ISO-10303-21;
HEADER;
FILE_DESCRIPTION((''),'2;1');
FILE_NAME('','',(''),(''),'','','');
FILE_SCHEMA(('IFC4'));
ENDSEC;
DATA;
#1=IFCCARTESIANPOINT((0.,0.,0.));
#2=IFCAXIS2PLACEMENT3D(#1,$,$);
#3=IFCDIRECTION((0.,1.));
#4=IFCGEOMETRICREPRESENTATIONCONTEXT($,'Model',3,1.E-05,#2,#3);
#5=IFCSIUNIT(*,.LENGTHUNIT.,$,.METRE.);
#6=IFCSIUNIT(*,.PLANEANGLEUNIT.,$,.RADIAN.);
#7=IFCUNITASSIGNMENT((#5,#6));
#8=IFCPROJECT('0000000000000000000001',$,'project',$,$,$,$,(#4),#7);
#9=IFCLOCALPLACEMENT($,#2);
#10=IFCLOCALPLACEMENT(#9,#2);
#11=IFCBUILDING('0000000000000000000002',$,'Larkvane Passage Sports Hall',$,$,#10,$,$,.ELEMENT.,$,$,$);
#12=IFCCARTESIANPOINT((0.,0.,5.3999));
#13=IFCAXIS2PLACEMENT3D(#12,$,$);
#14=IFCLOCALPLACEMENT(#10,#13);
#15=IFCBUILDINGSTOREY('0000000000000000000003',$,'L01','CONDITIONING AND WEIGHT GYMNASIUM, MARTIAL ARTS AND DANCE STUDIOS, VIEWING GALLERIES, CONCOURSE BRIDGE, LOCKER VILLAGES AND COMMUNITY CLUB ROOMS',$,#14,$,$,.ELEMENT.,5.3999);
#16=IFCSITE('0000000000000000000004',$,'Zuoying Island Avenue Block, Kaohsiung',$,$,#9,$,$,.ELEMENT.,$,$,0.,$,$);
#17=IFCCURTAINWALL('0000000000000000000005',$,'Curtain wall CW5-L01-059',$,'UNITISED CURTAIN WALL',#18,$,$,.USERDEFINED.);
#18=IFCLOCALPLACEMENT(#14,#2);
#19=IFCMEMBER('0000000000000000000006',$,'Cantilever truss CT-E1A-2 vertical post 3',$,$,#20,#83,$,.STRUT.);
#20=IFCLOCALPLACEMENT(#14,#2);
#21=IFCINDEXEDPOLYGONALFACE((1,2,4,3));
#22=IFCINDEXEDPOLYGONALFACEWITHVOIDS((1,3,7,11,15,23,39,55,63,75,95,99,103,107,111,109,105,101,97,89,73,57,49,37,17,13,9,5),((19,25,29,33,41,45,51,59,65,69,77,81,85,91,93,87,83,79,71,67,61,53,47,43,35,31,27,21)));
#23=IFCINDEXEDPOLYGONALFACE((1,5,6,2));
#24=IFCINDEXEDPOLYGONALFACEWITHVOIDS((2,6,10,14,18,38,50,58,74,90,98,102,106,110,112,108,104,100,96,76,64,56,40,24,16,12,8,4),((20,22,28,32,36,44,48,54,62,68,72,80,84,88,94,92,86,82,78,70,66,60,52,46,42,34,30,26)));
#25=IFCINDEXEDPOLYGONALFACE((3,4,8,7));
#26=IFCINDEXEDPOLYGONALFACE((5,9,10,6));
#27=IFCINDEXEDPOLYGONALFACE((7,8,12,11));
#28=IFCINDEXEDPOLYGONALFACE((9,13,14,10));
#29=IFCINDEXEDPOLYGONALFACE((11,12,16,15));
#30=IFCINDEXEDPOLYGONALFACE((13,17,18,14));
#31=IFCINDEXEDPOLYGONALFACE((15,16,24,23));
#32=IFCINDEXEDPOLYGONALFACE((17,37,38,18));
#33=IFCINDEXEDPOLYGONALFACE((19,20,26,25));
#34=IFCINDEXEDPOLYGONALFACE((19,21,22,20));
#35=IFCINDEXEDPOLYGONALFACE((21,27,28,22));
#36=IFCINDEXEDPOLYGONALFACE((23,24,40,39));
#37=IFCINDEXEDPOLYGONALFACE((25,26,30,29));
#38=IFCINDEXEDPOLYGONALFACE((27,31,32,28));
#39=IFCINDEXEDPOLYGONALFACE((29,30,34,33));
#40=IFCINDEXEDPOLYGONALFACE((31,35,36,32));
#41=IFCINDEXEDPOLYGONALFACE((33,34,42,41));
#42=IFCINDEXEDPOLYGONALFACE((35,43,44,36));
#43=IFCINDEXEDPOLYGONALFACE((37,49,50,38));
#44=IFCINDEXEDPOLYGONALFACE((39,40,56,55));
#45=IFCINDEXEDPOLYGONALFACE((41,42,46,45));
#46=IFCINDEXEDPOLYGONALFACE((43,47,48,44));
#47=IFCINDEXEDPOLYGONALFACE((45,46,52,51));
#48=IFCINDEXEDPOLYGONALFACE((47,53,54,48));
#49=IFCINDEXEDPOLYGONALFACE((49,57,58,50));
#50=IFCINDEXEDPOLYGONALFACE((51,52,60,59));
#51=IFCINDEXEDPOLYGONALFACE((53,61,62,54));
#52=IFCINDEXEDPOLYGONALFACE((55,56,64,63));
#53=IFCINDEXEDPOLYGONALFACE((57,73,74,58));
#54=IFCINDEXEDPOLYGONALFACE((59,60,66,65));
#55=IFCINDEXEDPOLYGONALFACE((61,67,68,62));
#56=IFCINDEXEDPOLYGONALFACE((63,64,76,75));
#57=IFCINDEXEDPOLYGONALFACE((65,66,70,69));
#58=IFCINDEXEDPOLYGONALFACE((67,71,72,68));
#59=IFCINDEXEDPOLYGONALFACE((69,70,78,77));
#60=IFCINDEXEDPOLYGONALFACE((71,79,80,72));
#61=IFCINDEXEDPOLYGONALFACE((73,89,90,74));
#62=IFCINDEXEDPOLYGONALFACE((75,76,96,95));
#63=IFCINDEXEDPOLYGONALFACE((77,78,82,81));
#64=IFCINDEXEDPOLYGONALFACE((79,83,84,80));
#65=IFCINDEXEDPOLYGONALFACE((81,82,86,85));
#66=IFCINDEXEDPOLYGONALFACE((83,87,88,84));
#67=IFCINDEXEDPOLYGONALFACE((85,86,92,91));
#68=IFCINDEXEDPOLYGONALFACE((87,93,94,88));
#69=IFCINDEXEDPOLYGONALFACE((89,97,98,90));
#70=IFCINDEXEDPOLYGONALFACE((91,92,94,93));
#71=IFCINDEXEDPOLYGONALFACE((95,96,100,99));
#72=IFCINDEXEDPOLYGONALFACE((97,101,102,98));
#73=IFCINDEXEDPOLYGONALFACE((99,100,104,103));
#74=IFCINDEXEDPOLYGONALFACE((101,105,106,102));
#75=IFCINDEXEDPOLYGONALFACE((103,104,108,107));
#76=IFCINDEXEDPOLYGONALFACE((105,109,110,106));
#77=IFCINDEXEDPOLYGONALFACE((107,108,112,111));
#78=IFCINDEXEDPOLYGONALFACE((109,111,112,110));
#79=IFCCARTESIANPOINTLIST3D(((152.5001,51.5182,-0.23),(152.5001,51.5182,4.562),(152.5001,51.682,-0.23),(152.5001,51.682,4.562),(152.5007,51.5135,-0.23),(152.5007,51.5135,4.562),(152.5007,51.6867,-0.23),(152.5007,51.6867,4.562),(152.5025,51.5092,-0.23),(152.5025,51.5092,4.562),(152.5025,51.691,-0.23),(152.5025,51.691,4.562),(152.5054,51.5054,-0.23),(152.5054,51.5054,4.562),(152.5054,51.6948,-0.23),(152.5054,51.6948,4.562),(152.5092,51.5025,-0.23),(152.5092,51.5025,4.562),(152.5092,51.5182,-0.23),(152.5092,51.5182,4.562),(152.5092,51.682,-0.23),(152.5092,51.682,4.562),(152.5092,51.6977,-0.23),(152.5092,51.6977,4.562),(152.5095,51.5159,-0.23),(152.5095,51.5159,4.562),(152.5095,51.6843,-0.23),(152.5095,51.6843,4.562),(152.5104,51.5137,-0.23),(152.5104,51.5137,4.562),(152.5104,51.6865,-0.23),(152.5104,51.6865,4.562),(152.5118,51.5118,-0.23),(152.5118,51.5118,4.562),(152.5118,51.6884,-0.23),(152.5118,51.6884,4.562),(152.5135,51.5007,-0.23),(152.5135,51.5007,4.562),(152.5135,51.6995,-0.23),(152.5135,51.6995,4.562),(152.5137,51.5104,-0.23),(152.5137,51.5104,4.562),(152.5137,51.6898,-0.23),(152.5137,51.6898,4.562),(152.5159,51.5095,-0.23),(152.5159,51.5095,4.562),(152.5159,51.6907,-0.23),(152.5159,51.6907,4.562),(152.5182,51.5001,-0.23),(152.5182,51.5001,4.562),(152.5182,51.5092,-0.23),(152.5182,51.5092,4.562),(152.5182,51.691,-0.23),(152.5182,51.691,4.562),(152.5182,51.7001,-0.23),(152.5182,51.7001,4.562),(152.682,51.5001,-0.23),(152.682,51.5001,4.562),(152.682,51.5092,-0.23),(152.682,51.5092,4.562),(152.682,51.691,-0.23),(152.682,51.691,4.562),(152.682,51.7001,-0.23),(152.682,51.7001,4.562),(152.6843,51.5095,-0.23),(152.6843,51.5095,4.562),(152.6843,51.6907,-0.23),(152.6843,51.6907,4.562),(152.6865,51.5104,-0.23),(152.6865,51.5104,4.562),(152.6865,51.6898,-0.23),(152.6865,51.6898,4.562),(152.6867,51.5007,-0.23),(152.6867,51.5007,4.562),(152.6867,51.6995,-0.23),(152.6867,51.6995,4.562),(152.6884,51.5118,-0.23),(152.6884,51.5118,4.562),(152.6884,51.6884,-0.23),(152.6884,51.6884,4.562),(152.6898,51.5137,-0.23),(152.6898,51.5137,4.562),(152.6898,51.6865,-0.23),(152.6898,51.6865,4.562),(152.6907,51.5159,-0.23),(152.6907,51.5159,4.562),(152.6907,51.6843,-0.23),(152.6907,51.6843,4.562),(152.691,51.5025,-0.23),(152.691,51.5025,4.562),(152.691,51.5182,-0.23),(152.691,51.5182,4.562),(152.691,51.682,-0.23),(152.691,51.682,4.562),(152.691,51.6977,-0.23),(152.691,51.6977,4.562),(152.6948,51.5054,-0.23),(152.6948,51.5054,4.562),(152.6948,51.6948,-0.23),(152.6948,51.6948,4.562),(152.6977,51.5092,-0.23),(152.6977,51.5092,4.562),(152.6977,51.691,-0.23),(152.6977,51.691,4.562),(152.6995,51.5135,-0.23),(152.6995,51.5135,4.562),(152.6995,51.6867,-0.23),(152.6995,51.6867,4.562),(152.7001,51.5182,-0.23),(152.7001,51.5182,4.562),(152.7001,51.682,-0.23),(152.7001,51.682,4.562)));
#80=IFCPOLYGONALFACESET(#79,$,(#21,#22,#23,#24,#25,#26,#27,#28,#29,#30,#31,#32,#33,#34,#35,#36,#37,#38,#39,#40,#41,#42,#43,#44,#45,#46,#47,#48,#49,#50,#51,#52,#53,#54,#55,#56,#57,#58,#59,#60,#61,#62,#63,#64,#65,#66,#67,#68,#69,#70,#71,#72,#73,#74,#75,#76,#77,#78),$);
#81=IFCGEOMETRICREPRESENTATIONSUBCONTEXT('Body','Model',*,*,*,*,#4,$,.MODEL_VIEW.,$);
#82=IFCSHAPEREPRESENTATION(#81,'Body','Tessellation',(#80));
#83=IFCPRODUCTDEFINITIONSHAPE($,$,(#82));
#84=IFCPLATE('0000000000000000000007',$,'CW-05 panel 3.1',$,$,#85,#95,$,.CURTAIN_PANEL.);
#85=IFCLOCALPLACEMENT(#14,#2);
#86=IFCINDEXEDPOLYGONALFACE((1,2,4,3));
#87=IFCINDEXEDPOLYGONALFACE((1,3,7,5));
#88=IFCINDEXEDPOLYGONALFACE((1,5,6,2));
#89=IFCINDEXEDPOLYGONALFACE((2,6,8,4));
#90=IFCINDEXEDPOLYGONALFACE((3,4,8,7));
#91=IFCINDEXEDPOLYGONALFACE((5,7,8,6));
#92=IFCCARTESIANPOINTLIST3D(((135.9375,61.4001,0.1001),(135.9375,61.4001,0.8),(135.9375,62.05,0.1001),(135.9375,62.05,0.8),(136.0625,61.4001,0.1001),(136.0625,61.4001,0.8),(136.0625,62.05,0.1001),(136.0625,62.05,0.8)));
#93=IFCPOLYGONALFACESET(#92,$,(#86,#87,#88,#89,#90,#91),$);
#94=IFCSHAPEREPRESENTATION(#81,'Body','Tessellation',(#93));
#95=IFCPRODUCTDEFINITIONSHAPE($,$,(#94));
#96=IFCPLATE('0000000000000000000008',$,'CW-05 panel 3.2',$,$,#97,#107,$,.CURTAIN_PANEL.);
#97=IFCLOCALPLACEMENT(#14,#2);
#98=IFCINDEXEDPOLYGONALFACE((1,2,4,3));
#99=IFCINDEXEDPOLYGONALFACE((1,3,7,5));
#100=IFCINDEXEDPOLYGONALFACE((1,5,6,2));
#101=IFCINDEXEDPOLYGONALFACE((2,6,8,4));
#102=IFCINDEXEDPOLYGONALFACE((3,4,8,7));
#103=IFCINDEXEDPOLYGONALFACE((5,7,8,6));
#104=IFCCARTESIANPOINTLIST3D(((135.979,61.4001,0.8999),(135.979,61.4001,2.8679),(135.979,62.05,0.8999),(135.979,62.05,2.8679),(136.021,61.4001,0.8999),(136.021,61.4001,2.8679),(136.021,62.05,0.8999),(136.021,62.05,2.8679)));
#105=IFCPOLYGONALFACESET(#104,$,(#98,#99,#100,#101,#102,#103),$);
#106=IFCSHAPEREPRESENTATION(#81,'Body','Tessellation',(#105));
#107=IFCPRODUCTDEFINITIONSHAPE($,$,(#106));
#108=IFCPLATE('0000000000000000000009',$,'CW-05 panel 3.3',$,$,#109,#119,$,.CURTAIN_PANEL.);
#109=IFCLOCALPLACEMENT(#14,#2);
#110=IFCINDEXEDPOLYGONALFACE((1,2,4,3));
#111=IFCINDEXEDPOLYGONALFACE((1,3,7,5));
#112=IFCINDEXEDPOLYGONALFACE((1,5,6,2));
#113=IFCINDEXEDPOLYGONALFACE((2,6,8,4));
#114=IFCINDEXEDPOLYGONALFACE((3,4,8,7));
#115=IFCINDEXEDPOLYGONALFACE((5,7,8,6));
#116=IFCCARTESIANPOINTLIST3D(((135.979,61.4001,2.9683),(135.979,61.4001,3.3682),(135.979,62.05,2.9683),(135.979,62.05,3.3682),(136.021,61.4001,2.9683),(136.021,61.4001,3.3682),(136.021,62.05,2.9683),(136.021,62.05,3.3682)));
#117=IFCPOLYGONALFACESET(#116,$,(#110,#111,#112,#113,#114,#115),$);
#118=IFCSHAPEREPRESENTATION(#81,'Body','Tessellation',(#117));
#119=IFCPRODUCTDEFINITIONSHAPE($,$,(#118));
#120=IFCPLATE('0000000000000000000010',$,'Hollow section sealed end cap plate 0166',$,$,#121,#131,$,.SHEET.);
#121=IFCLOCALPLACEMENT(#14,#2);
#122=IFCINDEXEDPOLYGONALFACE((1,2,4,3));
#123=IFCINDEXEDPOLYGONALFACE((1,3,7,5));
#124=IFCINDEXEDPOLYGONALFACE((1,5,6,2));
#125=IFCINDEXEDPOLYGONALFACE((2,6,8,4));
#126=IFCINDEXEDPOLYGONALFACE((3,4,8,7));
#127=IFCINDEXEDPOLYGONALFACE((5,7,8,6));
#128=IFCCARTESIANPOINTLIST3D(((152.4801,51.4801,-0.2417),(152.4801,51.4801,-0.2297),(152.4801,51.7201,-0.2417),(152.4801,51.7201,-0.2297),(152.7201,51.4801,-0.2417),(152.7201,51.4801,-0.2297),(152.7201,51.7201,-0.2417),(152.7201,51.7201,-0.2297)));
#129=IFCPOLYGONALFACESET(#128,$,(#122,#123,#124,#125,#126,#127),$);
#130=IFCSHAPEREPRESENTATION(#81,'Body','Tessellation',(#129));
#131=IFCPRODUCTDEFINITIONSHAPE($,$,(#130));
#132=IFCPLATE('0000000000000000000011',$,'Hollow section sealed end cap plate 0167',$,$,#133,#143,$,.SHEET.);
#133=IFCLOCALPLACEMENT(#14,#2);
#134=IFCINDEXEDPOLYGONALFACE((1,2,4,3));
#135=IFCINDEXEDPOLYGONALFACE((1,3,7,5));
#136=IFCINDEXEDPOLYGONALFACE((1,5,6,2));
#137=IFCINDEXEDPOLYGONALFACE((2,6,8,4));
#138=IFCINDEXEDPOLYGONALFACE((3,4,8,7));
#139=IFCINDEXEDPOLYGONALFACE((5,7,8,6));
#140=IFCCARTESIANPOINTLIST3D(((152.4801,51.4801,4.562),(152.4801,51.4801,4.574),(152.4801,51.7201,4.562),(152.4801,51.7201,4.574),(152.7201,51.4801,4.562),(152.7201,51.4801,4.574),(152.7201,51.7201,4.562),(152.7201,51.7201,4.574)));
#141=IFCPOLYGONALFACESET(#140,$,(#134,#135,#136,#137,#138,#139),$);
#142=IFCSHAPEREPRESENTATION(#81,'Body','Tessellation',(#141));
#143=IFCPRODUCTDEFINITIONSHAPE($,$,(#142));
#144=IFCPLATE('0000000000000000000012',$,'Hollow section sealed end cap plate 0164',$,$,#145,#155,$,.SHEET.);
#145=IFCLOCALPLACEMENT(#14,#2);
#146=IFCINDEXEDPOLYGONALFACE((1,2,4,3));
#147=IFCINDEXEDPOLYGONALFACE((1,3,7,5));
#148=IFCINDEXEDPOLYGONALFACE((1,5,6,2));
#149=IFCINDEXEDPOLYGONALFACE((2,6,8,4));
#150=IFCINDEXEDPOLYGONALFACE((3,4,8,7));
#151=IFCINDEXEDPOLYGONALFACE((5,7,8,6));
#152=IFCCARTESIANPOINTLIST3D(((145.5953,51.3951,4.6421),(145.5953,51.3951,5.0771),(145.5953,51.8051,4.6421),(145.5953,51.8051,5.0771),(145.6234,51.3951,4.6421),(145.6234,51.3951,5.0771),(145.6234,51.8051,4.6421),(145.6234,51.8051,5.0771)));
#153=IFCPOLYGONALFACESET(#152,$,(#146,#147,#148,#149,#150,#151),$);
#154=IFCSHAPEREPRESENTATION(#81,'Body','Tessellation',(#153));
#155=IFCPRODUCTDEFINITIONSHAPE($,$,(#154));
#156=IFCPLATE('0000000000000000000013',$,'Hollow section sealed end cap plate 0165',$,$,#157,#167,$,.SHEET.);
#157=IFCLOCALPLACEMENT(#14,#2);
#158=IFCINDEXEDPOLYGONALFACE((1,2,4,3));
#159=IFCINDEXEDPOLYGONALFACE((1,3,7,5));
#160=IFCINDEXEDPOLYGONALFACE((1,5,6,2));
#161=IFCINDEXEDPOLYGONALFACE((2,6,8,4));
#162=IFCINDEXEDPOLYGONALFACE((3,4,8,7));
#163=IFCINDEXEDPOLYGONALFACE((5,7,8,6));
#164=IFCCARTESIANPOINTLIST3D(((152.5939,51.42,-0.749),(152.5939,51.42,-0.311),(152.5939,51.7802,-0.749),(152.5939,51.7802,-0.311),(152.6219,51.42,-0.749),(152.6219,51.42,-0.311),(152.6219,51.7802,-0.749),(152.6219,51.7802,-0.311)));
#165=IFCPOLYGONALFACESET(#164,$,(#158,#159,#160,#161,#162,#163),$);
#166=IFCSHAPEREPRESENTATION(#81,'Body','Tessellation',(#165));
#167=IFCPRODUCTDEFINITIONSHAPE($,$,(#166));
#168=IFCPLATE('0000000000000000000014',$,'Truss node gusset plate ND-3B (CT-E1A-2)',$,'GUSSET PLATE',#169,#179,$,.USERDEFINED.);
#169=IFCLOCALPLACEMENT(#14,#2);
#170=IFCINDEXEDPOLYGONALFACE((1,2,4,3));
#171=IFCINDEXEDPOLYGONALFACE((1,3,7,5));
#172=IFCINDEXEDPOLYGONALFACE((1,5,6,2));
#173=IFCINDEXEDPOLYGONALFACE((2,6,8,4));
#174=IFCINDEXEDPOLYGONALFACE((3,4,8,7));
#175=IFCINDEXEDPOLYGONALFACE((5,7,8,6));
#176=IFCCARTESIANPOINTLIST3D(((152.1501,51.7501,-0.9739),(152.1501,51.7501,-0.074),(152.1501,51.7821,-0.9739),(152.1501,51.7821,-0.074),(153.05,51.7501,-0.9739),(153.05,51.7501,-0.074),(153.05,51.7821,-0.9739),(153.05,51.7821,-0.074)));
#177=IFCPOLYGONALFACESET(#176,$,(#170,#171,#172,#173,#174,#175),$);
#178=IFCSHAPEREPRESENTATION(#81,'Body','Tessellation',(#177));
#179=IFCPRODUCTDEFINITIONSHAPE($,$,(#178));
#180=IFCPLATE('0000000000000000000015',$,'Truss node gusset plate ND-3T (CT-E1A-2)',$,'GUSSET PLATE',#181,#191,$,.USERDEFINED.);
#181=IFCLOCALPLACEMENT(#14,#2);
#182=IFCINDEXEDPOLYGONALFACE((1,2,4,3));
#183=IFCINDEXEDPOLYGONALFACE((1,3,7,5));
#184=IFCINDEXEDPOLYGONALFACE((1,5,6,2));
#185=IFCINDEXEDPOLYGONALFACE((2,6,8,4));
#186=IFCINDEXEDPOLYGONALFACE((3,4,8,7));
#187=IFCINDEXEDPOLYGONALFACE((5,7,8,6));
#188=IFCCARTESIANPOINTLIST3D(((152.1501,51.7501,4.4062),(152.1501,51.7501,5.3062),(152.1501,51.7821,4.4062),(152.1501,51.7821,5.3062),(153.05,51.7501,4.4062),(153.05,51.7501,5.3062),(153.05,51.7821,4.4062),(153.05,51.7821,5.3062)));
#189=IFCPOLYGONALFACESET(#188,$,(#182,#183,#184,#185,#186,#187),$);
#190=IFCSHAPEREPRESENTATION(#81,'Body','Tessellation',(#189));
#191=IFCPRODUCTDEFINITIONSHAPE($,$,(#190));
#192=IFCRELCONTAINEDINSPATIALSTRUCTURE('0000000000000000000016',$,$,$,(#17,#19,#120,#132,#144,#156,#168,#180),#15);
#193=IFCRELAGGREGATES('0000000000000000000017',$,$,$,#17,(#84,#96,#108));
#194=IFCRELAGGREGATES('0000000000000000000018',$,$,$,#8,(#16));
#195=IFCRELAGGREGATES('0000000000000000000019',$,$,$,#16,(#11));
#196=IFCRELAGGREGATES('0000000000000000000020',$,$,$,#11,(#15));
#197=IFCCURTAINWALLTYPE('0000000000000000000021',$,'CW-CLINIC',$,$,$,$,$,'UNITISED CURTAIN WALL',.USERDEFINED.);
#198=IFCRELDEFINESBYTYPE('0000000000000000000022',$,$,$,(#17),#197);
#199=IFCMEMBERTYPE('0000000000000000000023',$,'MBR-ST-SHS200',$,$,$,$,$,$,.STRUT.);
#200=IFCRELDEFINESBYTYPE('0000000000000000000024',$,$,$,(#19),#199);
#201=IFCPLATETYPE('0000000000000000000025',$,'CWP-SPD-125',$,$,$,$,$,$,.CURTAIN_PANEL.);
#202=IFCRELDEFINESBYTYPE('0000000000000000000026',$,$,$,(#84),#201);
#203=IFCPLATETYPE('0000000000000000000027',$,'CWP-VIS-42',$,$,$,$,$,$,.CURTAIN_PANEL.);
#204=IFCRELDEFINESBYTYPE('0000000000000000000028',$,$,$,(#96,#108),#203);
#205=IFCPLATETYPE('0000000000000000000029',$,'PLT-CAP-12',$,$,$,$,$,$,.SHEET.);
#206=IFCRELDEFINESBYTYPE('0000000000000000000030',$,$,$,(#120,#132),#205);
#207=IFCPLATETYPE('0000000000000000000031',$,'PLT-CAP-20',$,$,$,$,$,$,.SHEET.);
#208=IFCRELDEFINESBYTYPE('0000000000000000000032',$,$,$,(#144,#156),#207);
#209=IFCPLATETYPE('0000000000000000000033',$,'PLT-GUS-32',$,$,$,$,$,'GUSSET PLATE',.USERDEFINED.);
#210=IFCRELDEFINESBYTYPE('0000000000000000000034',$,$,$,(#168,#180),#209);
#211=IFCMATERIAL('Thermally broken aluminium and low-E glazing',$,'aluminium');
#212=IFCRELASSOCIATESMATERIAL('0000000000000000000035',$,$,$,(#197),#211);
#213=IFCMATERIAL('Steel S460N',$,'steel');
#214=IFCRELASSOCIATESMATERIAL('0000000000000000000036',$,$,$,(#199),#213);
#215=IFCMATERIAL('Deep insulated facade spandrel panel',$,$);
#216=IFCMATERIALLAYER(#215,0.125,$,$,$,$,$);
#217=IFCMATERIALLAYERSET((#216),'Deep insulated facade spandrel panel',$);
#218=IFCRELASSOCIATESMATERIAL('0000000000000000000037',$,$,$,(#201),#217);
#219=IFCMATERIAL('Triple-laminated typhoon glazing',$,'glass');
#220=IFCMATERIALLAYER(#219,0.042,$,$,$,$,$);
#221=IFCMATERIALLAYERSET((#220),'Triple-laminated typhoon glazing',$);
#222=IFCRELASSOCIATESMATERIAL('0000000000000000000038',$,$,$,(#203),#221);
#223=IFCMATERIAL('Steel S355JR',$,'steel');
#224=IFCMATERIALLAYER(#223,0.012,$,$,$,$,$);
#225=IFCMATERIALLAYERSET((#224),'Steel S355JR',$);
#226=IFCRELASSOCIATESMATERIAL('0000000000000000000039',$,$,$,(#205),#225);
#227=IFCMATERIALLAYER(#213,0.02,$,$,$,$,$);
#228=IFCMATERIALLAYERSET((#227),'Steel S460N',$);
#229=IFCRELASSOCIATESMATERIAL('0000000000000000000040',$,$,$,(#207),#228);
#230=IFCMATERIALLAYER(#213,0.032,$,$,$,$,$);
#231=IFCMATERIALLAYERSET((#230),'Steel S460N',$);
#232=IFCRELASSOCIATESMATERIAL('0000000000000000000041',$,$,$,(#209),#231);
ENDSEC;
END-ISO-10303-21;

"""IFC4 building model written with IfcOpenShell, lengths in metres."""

from ifc_helpers import new_model, si_unit, direction, frame, origin, origin_2d, place, context, subcontext, project, spatial, rectangle, hollow_rectangle, extrude, material, layer, layer_set, material_profile, profile_set, type_object, element, aggregate, save


model = new_model("IFC4")

# Units and contexts
model_context = context("Model", 3, precision=1e-05, world=origin(), true_north=direction((0.0, 1.0)))
body_context = subcontext(model_context, "Body", "Model", "MODEL_VIEW")
ifc_project = project(units=[si_unit("LENGTHUNIT", "METRE"), si_unit("PLANEANGLEUNIT", "RADIAN")], contexts=[model_context])

# Site, building, storey
site_placement = place(None, origin())
site = spatial("IfcSite", under=ifc_project, at=site_placement, Name="Zuoying Island Avenue Block, Kaohsiung", CompositionType="ELEMENT", RefElevation=0.0)
building_placement = place(site_placement, origin())
building = spatial("IfcBuilding", under=site, at=building_placement, Name="Larkvane Passage Sports Hall", CompositionType="ELEMENT")
storey_placement = place(building_placement, frame((0.0, 0.0, 5.3999)))
storey = spatial("IfcBuildingStorey", under=building, at=storey_placement, Name="L01", Description="CONDITIONING AND WEIGHT GYMNASIUM, MARTIAL ARTS AND DANCE STUDIOS, VIEWING GALLERIES, CONCOURSE BRIDGE, LOCKER VILLAGES AND COMMUNITY CLUB ROOMS", CompositionType="ELEMENT", Elevation=5.3999)

# Shared definitions
ifc_material_1 = material(Name="Steel S460N", Category="steel")

# Curtain wall
ifc_material_2 = material(Name="Thermally broken aluminium and low-E glazing", Category="aluminium")
curtain_wall_type = type_object("IfcCurtainWallType", Name="CW-CLINIC", ElementType="UNITISED CURTAIN WALL", PredefinedType="USERDEFINED", material=ifc_material_2)
curtain_wall_placement = place(storey_placement, origin())
curtain_wall = element("IfcCurtainWall", 1, at=curtain_wall_placement, inside=storey, type_object=curtain_wall_type, Name="Curtain wall CW5-L01-059", ObjectType="UNITISED CURTAIN WALL", PredefinedType="USERDEFINED")

# Member
ifc_material_profile_1 = material_profile(ifc_material_1, hollow_rectangle(XDim=0.2, YDim=0.2, WallThickness=0.009, InnerFilletRadius=0.009, OuterFilletRadius=0.0181, at=origin_2d()), Name="SHS-200x200x9")
ifc_profile_set_1 = profile_set([ifc_material_profile_1], Name="Steel S460N")
member_type_1 = type_object("IfcMemberType", Name="MBR-ST-SHS200", PredefinedType="STRUT", material=ifc_profile_set_1)
member_1_placement = place(storey_placement, frame((152.6001, 51.6001, -0.23), z_axis=(0.0, 0.0, 1.0), x_axis=(1.0, 0.0, 0.0)))
element("IfcMember", 2, at=member_1_placement, inside=storey, type_object=member_type_1, Name="Cantilever truss CT-E1A-2 vertical post 3", PredefinedType="STRUT", context=body_context, shape_type="SweptSolid", body=[
    extrude(hollow_rectangle(XDim=0.2, YDim=0.2, WallThickness=0.009, InnerFilletRadius=0.009, OuterFilletRadius=0.0181, at=origin_2d()), origin(), (0.0, 0.0, 1.0), 4.792),
])

# Plates
ifc_material_3 = material(Name="Deep insulated facade spandrel panel")
ifc_layer_1 = layer(ifc_material_3, 0.125)
ifc_layer_set_1 = layer_set([ifc_layer_1], Name="Deep insulated facade spandrel panel")
plate_type_1 = type_object("IfcPlateType", Name="CWP-SPD-125", PredefinedType="CURTAIN_PANEL", material=ifc_layer_set_1)
plate_1_placement = place(storey_placement, frame((136.0, 61.7251, 0.1001), z_axis=(0.0, 0.0, 1.0), x_axis=(0.0, -1.0, 0.0)))
plate_1 = element("IfcPlate", 3, at=plate_1_placement, type_object=plate_type_1, Name="CW-05 panel 3.1", PredefinedType="CURTAIN_PANEL", context=body_context, shape_type="SweptSolid", body=[
    extrude(rectangle(XDim=0.6499, YDim=0.125, at=origin_2d()), origin(), (0.0, 0.0, 1.0), 0.7),
])
ifc_material_4 = material(Name="Triple-laminated typhoon glazing", Category="glass")
ifc_layer_2 = layer(ifc_material_4, 0.042)
ifc_layer_set_2 = layer_set([ifc_layer_2], Name="Triple-laminated typhoon glazing")
plate_type_2 = type_object("IfcPlateType", Name="CWP-VIS-42", PredefinedType="CURTAIN_PANEL", material=ifc_layer_set_2)
plate_2_placement = place(storey_placement, frame((136.0, 61.7251, 0.8999), z_axis=(0.0, 0.0, 1.0), x_axis=(0.0, -1.0, 0.0)))
plate_2 = element("IfcPlate", 4, at=plate_2_placement, type_object=plate_type_2, Name="CW-05 panel 3.2", PredefinedType="CURTAIN_PANEL", context=body_context, shape_type="SweptSolid", body=[
    extrude(rectangle(XDim=0.6499, YDim=0.042, at=origin_2d()), origin(), (0.0, 0.0, 1.0), 1.968),
])
plate_3_placement = place(storey_placement, frame((136.0, 61.7251, 2.9683), z_axis=(0.0, 0.0, 1.0), x_axis=(0.0, -1.0, 0.0)))
plate_3 = element("IfcPlate", 5, at=plate_3_placement, type_object=plate_type_2, Name="CW-05 panel 3.3", PredefinedType="CURTAIN_PANEL", context=body_context, shape_type="SweptSolid", body=[
    extrude(rectangle(XDim=0.6499, YDim=0.042, at=origin_2d()), origin(), (0.0, 0.0, 1.0), 0.3999),
])
aggregate(curtain_wall, [plate_1, plate_2, plate_3])

# Plates
ifc_material_5 = material(Name="Steel S355JR", Category="steel")
ifc_layer_3 = layer(ifc_material_5, 0.012)
ifc_layer_set_3 = layer_set([ifc_layer_3], Name="Steel S355JR")
plate_type_3 = type_object("IfcPlateType", Name="PLT-CAP-12", PredefinedType="SHEET", material=ifc_layer_set_3)
for number, where, z_axis, x_axis, name in (
    (6, (152.6001, 51.6001, -0.2417), (0.0, 0.0, 1.0), (1.0, 0.0, 0.0), "Hollow section sealed end cap plate 0166"),
    (7, (152.6001, 51.6001, 4.562), (0.0, 0.0, 1.0), (1.0, 0.0, 0.0), "Hollow section sealed end cap plate 0167"),
):
    element("IfcPlate", number, at=place(storey_placement, frame(where, z_axis=z_axis, x_axis=x_axis)), inside=storey, type_object=plate_type_3, Name=name, PredefinedType="SHEET", context=body_context, shape_type="SweptSolid", body=[
        extrude(rectangle(XDim=0.24, YDim=0.24, at=origin_2d()), origin(), (0.0, 0.0, 1.0), 0.012),
    ])
ifc_layer_4 = layer(ifc_material_1, 0.02)
ifc_layer_set_4 = layer_set([ifc_layer_4], Name="Steel S460N")
plate_type_4 = type_object("IfcPlateType", Name="PLT-CAP-20", PredefinedType="SHEET", material=ifc_layer_set_4)
plate_4_placement = place(storey_placement, frame((145.6094, 51.6001, 4.6421), z_axis=(0.0, 0.0, 1.0), x_axis=(0.0, 1.0, 0.0)))
element("IfcPlate", 8, at=plate_4_placement, inside=storey, type_object=plate_type_4, Name="Hollow section sealed end cap plate 0164", PredefinedType="SHEET", context=body_context, shape_type="SweptSolid", body=[
    extrude(rectangle(XDim=0.4099, YDim=0.0281, at=origin_2d()), origin(), (0.0, 0.0, 1.0), 0.4351),
])
plate_5_placement = place(storey_placement, frame((152.6079, 51.6001, -0.749), z_axis=(0.0, 0.0, 1.0), x_axis=(0.0, 1.0, 0.0)))
element("IfcPlate", 9, at=plate_5_placement, inside=storey, type_object=plate_type_4, Name="Hollow section sealed end cap plate 0165", PredefinedType="SHEET", context=body_context, shape_type="SweptSolid", body=[
    extrude(rectangle(XDim=0.3601, YDim=0.0281, at=origin_2d()), origin(), (0.0, 0.0, 1.0), 0.438),
])
ifc_layer_5 = layer(ifc_material_1, 0.032)
ifc_layer_set_5 = layer_set([ifc_layer_5], Name="Steel S460N")
plate_type_5 = type_object("IfcPlateType", Name="PLT-GUS-32", ElementType="GUSSET PLATE", PredefinedType="USERDEFINED", material=ifc_layer_set_5)
for number, where, z_axis, x_axis, name in (
    (10, (152.6001, 51.7661, -0.9739), (0.0, 0.0, 1.0), (1.0, 0.0, 0.0), "Truss node gusset plate ND-3B (CT-E1A-2)"),
    (11, (152.6001, 51.7661, 4.4062), (0.0, 0.0, 1.0), (1.0, 0.0, 0.0), "Truss node gusset plate ND-3T (CT-E1A-2)"),
):
    element("IfcPlate", number, at=place(storey_placement, frame(where, z_axis=z_axis, x_axis=x_axis)), inside=storey, type_object=plate_type_5, Name=name, ObjectType="GUSSET PLATE", PredefinedType="USERDEFINED", context=body_context, shape_type="SweptSolid", body=[
        extrude(rectangle(XDim=0.8999, YDim=0.032, at=origin_2d()), origin(), (0.0, 0.0, 1.0), 0.8999),
    ])

save(model, "model.ifc")
